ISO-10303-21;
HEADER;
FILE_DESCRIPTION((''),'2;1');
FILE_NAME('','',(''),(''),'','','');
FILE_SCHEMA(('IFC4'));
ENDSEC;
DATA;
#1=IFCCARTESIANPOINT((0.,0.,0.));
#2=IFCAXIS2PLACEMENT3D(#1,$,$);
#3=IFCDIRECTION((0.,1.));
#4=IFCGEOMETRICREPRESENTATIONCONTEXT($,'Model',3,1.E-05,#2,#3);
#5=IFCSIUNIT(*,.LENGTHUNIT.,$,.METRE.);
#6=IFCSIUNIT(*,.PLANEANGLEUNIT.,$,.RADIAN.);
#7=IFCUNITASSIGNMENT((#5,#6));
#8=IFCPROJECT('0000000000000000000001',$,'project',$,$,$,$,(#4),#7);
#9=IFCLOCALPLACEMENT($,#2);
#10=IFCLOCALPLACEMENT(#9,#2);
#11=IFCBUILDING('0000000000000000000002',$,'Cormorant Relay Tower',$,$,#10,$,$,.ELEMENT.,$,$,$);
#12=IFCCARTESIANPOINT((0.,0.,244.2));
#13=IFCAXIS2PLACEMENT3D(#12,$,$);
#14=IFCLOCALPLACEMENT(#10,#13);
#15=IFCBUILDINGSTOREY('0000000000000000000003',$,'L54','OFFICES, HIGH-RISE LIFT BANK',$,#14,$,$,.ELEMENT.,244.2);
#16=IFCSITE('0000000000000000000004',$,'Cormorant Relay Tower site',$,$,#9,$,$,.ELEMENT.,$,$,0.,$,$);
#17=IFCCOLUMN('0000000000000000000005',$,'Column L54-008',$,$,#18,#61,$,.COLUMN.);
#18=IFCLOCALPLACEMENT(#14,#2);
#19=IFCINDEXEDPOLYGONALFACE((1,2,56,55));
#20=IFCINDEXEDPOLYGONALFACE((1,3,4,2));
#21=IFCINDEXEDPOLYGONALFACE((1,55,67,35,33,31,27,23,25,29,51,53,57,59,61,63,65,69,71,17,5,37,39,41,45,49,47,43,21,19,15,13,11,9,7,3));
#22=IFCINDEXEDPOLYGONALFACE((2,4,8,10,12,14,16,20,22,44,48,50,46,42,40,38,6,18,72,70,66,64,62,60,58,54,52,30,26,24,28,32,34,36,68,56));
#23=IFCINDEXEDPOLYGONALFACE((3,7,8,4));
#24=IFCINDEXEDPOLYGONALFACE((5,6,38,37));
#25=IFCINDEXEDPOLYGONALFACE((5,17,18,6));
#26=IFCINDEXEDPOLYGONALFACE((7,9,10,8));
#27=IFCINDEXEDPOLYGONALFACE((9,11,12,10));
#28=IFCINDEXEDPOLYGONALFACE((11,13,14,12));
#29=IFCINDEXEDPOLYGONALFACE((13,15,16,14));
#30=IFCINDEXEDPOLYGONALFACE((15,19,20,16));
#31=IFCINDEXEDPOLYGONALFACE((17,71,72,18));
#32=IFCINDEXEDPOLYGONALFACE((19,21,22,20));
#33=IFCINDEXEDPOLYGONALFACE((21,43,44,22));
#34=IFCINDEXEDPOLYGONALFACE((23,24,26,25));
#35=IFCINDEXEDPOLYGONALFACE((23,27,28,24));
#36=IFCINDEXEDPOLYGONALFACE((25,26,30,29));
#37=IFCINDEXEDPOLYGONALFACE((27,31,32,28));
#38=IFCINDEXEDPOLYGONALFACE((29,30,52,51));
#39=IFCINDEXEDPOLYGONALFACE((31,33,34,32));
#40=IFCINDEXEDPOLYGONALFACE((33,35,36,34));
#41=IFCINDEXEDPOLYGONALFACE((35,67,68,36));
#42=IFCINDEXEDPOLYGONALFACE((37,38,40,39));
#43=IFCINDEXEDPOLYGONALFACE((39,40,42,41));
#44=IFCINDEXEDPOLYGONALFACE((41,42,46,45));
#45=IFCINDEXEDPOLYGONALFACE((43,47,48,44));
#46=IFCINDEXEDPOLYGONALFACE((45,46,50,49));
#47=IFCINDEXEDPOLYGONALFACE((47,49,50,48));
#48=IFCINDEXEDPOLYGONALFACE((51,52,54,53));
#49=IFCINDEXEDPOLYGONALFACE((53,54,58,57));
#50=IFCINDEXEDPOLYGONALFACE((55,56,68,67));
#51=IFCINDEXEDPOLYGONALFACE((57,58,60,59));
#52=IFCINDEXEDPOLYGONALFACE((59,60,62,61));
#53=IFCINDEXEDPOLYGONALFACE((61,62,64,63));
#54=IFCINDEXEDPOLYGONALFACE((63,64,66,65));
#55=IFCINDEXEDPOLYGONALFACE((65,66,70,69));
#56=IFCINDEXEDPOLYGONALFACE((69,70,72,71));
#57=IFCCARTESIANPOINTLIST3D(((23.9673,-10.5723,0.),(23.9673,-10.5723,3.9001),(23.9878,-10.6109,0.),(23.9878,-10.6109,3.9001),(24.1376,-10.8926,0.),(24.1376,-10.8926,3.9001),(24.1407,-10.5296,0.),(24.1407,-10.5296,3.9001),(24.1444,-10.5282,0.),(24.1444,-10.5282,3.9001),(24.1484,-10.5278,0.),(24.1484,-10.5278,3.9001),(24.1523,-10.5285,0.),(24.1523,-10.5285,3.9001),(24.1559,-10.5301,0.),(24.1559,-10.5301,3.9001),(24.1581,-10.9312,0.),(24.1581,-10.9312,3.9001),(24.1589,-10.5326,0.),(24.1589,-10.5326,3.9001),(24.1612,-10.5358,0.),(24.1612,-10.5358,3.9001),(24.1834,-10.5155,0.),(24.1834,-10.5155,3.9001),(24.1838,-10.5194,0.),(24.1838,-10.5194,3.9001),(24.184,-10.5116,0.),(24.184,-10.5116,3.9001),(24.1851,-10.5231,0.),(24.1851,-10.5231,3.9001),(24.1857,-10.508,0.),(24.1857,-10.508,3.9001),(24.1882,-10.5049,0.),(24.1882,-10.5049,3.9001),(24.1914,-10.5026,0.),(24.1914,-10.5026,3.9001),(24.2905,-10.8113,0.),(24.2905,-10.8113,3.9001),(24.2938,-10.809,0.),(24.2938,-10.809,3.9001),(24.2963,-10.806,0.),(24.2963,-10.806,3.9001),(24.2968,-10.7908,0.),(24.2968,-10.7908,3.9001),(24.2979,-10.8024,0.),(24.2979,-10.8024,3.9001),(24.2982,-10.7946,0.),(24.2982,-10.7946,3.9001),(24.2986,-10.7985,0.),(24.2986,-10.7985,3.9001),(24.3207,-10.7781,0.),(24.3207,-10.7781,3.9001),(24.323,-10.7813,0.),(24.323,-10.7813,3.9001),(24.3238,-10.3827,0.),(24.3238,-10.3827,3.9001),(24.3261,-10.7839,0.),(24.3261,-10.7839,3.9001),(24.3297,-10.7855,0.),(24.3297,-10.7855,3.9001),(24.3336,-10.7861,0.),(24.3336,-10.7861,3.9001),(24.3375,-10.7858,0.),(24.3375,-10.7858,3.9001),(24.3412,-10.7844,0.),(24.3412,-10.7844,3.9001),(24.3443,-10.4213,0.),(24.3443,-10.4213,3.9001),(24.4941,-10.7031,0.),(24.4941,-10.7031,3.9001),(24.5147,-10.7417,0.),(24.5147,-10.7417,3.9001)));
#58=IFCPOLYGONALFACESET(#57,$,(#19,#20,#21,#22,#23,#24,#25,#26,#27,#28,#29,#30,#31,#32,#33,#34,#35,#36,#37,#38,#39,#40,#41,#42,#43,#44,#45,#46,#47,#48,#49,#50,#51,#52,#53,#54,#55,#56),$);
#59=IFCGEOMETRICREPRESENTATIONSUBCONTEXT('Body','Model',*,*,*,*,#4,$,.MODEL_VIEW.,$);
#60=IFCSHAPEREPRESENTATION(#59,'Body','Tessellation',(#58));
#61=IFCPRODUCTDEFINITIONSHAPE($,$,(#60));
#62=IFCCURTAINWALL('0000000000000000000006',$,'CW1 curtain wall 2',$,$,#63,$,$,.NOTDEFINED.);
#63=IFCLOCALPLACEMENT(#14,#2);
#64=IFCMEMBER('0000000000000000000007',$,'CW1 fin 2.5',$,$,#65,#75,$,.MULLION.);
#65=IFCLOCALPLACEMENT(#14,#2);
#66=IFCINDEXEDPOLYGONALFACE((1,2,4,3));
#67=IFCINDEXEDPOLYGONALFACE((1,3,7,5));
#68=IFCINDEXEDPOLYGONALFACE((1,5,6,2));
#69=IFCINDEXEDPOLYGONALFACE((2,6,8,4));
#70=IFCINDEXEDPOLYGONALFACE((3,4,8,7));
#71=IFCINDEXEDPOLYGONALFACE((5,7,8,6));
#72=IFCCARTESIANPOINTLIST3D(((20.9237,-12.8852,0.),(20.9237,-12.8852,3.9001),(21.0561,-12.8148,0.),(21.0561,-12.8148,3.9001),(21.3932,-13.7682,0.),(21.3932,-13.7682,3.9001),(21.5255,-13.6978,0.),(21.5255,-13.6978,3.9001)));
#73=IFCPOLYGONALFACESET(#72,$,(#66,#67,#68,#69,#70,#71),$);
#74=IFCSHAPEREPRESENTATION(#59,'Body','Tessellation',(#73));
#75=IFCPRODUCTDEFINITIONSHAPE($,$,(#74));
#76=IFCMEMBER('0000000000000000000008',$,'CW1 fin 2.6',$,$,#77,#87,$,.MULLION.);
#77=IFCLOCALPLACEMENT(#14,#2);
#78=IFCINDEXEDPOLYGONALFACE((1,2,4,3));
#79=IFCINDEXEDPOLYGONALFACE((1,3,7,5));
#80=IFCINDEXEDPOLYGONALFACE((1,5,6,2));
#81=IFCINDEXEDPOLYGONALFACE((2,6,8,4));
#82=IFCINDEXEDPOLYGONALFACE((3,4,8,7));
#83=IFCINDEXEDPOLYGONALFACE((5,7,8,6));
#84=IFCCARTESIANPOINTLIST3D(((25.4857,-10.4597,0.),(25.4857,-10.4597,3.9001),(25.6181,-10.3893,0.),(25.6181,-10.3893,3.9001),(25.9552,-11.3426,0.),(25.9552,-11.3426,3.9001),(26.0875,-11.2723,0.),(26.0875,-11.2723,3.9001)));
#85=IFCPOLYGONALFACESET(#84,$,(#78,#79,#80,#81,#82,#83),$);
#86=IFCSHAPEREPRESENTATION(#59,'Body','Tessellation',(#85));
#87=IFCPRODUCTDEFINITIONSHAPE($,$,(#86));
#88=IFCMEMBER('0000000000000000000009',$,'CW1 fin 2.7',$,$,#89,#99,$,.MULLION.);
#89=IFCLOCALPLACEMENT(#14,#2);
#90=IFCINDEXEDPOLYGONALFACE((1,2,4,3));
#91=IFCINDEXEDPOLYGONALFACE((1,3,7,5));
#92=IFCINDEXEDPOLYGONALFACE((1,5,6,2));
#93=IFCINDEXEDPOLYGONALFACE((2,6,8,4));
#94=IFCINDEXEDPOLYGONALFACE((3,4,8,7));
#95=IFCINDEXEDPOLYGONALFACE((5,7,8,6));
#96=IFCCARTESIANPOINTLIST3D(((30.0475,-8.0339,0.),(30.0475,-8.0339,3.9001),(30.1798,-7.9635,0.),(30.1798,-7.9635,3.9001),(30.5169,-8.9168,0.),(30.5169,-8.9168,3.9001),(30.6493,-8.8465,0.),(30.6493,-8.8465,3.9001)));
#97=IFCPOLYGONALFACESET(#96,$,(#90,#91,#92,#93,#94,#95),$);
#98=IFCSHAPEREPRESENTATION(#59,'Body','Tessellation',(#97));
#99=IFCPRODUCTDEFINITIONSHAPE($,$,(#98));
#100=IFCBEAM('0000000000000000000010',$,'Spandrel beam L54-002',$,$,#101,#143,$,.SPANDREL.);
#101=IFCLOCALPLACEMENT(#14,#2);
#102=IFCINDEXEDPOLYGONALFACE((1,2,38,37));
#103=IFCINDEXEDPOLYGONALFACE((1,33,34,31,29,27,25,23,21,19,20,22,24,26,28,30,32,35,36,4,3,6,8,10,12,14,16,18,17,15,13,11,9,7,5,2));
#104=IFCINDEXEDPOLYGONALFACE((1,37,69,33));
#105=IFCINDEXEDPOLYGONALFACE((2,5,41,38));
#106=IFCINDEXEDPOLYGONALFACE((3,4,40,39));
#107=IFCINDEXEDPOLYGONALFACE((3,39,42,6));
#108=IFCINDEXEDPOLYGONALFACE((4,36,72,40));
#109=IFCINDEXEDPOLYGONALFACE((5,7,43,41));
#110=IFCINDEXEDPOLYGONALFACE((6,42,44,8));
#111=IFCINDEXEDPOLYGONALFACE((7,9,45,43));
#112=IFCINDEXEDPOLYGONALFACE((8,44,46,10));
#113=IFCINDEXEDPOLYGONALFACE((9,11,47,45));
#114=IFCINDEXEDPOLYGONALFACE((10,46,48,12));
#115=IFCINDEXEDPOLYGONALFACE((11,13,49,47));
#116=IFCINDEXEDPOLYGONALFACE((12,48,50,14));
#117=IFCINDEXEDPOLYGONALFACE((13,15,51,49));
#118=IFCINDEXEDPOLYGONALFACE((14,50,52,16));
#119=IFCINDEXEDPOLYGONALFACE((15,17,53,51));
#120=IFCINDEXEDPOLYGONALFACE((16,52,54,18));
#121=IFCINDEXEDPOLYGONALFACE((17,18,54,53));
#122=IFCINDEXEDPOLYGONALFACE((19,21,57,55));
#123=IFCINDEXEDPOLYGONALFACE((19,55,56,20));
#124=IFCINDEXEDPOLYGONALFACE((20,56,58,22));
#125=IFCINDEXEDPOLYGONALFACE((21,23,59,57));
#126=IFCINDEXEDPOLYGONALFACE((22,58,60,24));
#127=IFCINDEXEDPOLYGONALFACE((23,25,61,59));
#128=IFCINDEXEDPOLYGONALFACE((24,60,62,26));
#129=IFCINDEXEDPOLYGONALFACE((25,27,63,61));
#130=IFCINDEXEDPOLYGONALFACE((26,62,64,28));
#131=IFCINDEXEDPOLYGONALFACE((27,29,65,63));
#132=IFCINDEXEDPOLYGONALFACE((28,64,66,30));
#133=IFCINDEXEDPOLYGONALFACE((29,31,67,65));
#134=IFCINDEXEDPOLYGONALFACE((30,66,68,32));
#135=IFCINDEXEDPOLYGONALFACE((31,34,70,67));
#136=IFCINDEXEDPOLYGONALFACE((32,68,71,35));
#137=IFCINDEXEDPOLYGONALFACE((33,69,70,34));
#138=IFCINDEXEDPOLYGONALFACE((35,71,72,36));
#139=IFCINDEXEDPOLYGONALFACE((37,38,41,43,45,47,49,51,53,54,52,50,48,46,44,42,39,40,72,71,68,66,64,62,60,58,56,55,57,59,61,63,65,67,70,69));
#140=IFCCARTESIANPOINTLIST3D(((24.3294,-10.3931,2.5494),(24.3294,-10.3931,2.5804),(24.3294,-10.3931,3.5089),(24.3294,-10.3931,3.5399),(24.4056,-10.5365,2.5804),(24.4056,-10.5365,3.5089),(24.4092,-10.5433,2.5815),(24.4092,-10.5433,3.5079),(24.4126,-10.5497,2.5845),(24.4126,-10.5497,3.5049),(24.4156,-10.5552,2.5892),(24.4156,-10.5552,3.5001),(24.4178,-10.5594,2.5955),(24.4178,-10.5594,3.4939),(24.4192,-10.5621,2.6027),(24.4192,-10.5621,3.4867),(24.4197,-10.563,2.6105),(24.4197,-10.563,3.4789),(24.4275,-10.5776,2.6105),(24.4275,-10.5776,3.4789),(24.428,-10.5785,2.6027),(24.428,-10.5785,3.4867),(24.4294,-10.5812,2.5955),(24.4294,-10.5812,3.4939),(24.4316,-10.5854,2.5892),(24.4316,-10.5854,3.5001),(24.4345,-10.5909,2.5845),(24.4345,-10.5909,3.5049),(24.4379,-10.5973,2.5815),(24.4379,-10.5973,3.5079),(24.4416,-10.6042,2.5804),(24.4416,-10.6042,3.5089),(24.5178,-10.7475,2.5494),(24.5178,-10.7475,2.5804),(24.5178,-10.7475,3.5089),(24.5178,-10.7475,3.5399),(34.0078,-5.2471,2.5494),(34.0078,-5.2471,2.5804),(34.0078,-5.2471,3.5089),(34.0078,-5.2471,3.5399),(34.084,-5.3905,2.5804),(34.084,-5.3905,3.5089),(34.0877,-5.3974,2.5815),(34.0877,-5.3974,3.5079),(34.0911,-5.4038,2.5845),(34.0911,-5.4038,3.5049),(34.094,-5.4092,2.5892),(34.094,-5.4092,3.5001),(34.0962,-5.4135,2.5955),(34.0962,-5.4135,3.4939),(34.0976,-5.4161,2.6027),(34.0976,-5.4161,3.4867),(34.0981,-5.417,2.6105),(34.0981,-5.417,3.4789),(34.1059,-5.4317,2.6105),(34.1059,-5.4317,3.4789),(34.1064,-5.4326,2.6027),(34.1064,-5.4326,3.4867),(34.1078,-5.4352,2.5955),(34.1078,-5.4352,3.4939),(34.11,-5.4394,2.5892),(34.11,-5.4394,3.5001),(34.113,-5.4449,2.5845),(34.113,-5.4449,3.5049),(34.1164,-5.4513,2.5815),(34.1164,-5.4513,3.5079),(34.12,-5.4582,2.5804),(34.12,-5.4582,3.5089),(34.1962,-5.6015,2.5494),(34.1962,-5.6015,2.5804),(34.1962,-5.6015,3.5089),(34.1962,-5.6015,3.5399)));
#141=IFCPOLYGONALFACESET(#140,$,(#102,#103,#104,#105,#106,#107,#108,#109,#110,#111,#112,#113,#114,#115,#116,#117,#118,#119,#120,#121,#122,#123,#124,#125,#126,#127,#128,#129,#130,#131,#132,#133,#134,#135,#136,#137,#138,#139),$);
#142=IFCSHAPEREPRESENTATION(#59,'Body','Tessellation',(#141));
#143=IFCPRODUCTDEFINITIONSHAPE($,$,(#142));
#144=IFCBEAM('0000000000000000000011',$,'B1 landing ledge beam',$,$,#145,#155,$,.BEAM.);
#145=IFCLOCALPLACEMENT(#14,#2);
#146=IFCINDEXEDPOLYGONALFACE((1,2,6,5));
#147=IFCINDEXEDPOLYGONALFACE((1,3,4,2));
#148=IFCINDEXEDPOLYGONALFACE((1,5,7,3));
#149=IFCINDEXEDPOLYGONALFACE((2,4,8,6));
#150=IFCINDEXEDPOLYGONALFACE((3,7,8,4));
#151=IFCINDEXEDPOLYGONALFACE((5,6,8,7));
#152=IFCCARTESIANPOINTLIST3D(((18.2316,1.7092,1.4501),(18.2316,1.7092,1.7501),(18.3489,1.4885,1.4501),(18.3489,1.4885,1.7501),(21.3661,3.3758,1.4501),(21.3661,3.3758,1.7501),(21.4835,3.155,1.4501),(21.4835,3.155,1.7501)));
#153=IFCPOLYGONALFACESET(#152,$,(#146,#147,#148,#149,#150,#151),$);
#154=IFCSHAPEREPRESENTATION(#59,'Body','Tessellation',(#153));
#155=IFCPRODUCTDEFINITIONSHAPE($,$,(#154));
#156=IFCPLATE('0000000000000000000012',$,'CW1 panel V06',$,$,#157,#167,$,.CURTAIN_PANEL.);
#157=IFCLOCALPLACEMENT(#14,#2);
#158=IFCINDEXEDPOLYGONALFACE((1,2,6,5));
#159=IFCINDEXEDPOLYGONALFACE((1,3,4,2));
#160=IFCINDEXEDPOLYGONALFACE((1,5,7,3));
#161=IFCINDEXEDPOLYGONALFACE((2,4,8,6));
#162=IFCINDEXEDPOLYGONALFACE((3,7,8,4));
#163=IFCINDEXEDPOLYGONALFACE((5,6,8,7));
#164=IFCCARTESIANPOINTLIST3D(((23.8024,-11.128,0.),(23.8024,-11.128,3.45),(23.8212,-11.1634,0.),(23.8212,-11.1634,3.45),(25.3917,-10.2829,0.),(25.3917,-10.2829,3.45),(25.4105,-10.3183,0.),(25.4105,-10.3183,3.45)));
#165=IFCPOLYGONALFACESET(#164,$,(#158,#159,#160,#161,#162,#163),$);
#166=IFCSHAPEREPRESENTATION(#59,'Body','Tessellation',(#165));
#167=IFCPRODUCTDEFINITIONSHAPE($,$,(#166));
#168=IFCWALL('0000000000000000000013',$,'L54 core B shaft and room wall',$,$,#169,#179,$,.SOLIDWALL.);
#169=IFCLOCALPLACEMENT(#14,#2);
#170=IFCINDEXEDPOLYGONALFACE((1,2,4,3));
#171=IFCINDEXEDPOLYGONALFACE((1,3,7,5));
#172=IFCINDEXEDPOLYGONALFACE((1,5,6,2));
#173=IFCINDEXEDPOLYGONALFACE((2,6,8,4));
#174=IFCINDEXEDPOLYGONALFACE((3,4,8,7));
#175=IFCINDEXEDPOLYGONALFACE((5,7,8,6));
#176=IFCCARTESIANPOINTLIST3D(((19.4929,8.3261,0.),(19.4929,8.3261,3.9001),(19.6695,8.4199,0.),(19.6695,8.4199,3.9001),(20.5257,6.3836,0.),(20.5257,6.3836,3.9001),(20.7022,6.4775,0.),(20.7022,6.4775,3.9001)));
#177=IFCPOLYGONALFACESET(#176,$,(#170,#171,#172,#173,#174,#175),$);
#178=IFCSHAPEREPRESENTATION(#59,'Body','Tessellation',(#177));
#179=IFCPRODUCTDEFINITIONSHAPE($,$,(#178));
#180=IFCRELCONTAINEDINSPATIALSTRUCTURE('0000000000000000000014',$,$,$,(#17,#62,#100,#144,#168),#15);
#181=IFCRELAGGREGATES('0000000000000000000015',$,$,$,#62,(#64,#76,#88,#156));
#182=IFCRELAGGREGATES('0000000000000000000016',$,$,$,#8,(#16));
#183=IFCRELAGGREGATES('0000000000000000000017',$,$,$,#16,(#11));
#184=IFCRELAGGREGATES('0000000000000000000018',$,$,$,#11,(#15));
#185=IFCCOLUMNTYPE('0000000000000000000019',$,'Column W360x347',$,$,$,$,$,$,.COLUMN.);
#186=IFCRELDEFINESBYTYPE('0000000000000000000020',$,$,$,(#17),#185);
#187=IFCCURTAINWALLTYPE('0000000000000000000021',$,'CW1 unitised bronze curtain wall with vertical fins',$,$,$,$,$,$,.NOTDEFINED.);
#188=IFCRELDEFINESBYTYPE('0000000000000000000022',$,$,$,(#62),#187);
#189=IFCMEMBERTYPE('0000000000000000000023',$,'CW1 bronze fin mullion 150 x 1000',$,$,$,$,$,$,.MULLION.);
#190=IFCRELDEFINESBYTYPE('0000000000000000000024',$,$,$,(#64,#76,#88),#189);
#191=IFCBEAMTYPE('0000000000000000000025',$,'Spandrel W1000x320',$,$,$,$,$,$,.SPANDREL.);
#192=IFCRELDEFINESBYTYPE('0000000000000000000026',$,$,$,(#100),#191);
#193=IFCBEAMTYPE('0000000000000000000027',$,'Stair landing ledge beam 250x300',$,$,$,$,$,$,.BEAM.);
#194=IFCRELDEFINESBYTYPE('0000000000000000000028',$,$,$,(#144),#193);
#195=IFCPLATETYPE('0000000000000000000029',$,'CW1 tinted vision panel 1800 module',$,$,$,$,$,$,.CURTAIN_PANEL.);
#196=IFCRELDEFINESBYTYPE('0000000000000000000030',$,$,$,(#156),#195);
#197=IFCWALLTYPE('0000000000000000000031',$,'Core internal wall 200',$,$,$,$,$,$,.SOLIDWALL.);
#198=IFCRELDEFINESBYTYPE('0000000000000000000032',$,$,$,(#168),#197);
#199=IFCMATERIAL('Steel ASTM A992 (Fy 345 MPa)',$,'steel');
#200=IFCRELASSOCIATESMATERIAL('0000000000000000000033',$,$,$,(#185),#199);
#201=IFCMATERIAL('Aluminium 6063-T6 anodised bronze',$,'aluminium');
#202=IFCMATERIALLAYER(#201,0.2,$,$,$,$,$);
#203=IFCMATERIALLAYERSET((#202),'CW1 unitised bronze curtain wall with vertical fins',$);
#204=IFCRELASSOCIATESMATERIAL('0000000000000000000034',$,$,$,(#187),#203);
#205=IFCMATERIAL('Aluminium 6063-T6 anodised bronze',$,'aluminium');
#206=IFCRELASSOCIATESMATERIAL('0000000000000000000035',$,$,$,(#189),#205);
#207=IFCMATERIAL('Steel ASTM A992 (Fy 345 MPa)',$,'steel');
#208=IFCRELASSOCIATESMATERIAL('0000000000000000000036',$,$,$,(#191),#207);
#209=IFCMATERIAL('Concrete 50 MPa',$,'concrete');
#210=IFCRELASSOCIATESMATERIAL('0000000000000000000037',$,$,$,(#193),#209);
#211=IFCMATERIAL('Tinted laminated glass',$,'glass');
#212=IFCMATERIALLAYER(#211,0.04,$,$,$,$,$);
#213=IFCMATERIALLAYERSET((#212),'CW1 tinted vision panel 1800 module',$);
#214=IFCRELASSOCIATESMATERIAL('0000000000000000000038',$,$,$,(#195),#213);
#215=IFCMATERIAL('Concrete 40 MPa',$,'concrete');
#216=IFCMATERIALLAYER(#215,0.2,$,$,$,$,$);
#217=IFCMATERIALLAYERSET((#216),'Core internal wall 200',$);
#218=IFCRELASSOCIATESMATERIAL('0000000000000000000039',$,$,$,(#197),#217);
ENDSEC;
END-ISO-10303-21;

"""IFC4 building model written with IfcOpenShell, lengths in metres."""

from ifc_helpers import new_model, si_unit, direction, frame, frame_2d, origin, origin_2d, place, context, subcontext, project, spatial, rectangle, i_section, extrude, material, layer, layer_set, material_profile, profile_set, type_object, element, aggregate, save


model = new_model("IFC4")

# Units and contexts
model_context = context("Model", 3, precision=1e-05, world=origin(), true_north=direction((0.0, 1.0)))
body_context = subcontext(model_context, "Body", "Model", "MODEL_VIEW")
ifc_project = project(units=[si_unit("LENGTHUNIT", "METRE"), si_unit("PLANEANGLEUNIT", "RADIAN")], contexts=[model_context])

# Site, building, storey
site_placement = place(None, origin())
site = spatial("IfcSite", under=ifc_project, at=site_placement, Name="Cormorant Relay Tower site", CompositionType="ELEMENT", RefElevation=0.0)
building_placement = place(site_placement, origin())
building = spatial("IfcBuilding", under=site, at=building_placement, Name="Cormorant Relay Tower", CompositionType="ELEMENT")
storey_placement = place(building_placement, frame((0.0, 0.0, 244.2)))
storey = spatial("IfcBuildingStorey", under=building, at=storey_placement, Name="L54", Description="OFFICES, HIGH-RISE LIFT BANK", CompositionType="ELEMENT", Elevation=244.2)

# Column
ifc_material_1 = material(Name="Steel ASTM A992 (Fy 345 MPa)", Category="steel")
ifc_material_profile_1 = material_profile(ifc_material_1, i_section(OverallWidth=0.4038, OverallDepth=0.4065, WebThickness=0.0271, FlangeThickness=0.0437, FilletRadius=0.0151, at=origin_2d()), Name="W360x347")
ifc_profile_set_1 = profile_set([ifc_material_profile_1], Name="Steel ASTM A992 (Fy 345 MPa)")
column_type = type_object("IfcColumnType", Name="Column W360x347", PredefinedType="COLUMN", material=ifc_profile_set_1)
column_placement = place(storey_placement, frame((24.241, -10.657, 0.0), z_axis=(0.0, 0.0, 1.0), x_axis=(0.882948, 0.469472, 0.0)))
element("IfcColumn", 1, at=column_placement, inside=storey, type_object=column_type, Name="Column L54-008", PredefinedType="COLUMN", context=body_context, shape_type="SweptSolid", body=[
    extrude(i_section(OverallWidth=0.4038, OverallDepth=0.4065, WebThickness=0.0271, FlangeThickness=0.0437, FilletRadius=0.0151, at=origin_2d()), origin(), (0.0, 0.0, 1.0), 3.9001),
])

# Curtain wall, members
ifc_material_2 = material(Name="Aluminium 6063-T6 anodised bronze", Category="aluminium")
ifc_layer_1 = layer(ifc_material_2, 0.2)
ifc_layer_set_1 = layer_set([ifc_layer_1], Name="CW1 unitised bronze curtain wall with vertical fins")
curtain_wall_type = type_object("IfcCurtainWallType", Name="CW1 unitised bronze curtain wall with vertical fins", PredefinedType="NOTDEFINED", material=ifc_layer_set_1)
curtain_wall_placement = place(storey_placement, origin())
curtain_wall = element("IfcCurtainWall", 2, at=curtain_wall_placement, inside=storey, type_object=curtain_wall_type, Name="CW1 curtain wall 2", PredefinedType="NOTDEFINED")
ifc_material_3 = material(Name="Aluminium 6063-T6 anodised bronze", Category="aluminium")
ifc_material_profile_2 = material_profile(ifc_material_3, rectangle(XDim=0.1499, YDim=1.0, at=origin_2d()), Name="AL 150x1000")
ifc_profile_set_2 = profile_set([ifc_material_profile_2], Name="Aluminium 6063-T6 anodised bronze")
member_type = type_object("IfcMemberType", Name="CW1 bronze fin mullion 150 x 1000", PredefinedType="MULLION", material=ifc_profile_set_2)
member_1_placement = place(storey_placement, frame((21.2246, -13.2915, 0.0), z_axis=(0.0, 0.0, 1.0), x_axis=(0.882948, 0.469472, 0.0)))
member_1 = element("IfcMember", 3, at=member_1_placement, type_object=member_type, Name="CW1 fin 2.5", PredefinedType="MULLION", context=body_context, shape_type="SweptSolid", body=[
    extrude(rectangle(XDim=0.1499, YDim=1.0, at=origin_2d()), origin(), (0.0, 0.0, 1.0), 3.9001),
])
member_2_placement = place(storey_placement, frame((25.7866, -10.866, 0.0), z_axis=(0.0, 0.0, 1.0), x_axis=(0.882948, 0.469472, 0.0)))
member_2 = element("IfcMember", 4, at=member_2_placement, type_object=member_type, Name="CW1 fin 2.6", PredefinedType="MULLION", context=body_context, shape_type="SweptSolid", body=[
    extrude(rectangle(XDim=0.1499, YDim=1.0, at=origin_2d()), origin(), (0.0, 0.0, 1.0), 3.9001),
])
member_3_placement = place(storey_placement, frame((30.3484, -8.4402, 0.0), z_axis=(0.0, 0.0, 1.0), x_axis=(0.882948, 0.469472, 0.0)))
member_3 = element("IfcMember", 5, at=member_3_placement, type_object=member_type, Name="CW1 fin 2.7", PredefinedType="MULLION", context=body_context, shape_type="SweptSolid", body=[
    extrude(rectangle(XDim=0.1499, YDim=1.0, at=origin_2d()), origin(), (0.0, 0.0, 1.0), 3.9001),
])

# Beams
ifc_material_4 = material(Name="Steel ASTM A992 (Fy 345 MPa)", Category="steel")
ifc_material_profile_3 = material_profile(ifc_material_4, i_section(OverallWidth=0.4014, OverallDepth=0.9905, WebThickness=0.0166, FlangeThickness=0.031, FilletRadius=0.03, at=origin_2d()), Name="W1000x320")
ifc_profile_set_3 = profile_set([ifc_material_profile_3], Name="Steel ASTM A992 (Fy 345 MPa)")
beam_type_1 = type_object("IfcBeamType", Name="Spandrel W1000x320", PredefinedType="SPANDREL", material=ifc_profile_set_3)
beam_1_placement = place(storey_placement, frame((24.4236, -10.5703, 3.0447), z_axis=(0.882953, 0.469462, 0.0), x_axis=(-0.469462, 0.882953, 0.0)))
element("IfcBeam", 6, at=beam_1_placement, inside=storey, type_object=beam_type_1, Name="Spandrel beam L54-002", PredefinedType="SPANDREL", context=body_context, shape_type="SweptSolid", body=[
    extrude(i_section(OverallWidth=0.4014, OverallDepth=0.9905, WebThickness=0.0166, FlangeThickness=0.031, FilletRadius=0.03, at=origin_2d()), origin(), (0.0, 0.0, 1.0), 10.9614),
])
ifc_material_5 = material(Name="Concrete 50 MPa", Category="concrete")
ifc_material_profile_4 = material_profile(ifc_material_5, rectangle(XDim=0.25, YDim=0.3, at=origin_2d()), Name="RC 250x300")
ifc_profile_set_4 = profile_set([ifc_material_profile_4], Name="Concrete 50 MPa")
beam_type_2 = type_object("IfcBeamType", Name="Stair landing ledge beam 250x300", PredefinedType="BEAM", material=ifc_profile_set_4)
beam_2_placement = place(storey_placement, frame((21.4248, 3.2654, 1.6001), z_axis=(-0.882965, -0.469438, 0.0), x_axis=(0.469438, -0.882965, 0.0)))
element("IfcBeam", 7, at=beam_2_placement, inside=storey, type_object=beam_type_2, Name="B1 landing ledge beam", PredefinedType="BEAM", context=body_context, shape_type="SweptSolid", body=[
    extrude(rectangle(XDim=0.25, YDim=0.3, at=origin_2d()), origin(), (0.0, 0.0, 1.0), 3.55),
])

# Plate
ifc_material_6 = material(Name="Tinted laminated glass", Category="glass")
ifc_layer_2 = layer(ifc_material_6, 0.04)
ifc_layer_set_2 = layer_set([ifc_layer_2], Name="CW1 tinted vision panel 1800 module")
plate_type = type_object("IfcPlateType", Name="CW1 tinted vision panel 1800 module", PredefinedType="CURTAIN_PANEL", material=ifc_layer_set_2)
plate_placement = place(storey_placement, frame((24.6064, -10.7231, 0.0), z_axis=(0.0, 0.0, 1.0), x_axis=(0.882948, 0.469472, 0.0)))
plate = element("IfcPlate", 8, at=plate_placement, type_object=plate_type, Name="CW1 panel V06", PredefinedType="CURTAIN_PANEL", context=body_context, shape_type="SweptSolid", body=[
    extrude(rectangle(XDim=1.8, YDim=0.04, at=origin_2d()), origin(), (0.0, 0.0, 1.0), 3.45),
])

# Wall
ifc_material_7 = material(Name="Concrete 40 MPa", Category="concrete")
ifc_layer_3 = layer(ifc_material_7, 0.2)
ifc_layer_set_3 = layer_set([ifc_layer_3], Name="Core internal wall 200")
wall_type_1 = type_object("IfcWallType", Name="Core internal wall 200", PredefinedType="SOLIDWALL", material=ifc_layer_set_3)
wall_1_placement = place(storey_placement, frame((20.614, 6.4304, 0.0), z_axis=(0.0, 0.0, 1.0), x_axis=(-0.469447, 0.88296, 0.0)))
element("IfcWall", 9, at=wall_1_placement, inside=storey, type_object=wall_type_1, Name="L54 core B shaft and room wall", PredefinedType="SOLIDWALL", context=body_context, shape_type="SweptSolid", body=[
    extrude(rectangle(XDim=2.2, YDim=0.2, at=frame_2d((1.1001, 0.0))), origin(), (0.0, 0.0, 1.0), 3.9001),
])

aggregate(curtain_wall, [member_1, member_2, member_3, plate])

save(model, "model.ifc")
